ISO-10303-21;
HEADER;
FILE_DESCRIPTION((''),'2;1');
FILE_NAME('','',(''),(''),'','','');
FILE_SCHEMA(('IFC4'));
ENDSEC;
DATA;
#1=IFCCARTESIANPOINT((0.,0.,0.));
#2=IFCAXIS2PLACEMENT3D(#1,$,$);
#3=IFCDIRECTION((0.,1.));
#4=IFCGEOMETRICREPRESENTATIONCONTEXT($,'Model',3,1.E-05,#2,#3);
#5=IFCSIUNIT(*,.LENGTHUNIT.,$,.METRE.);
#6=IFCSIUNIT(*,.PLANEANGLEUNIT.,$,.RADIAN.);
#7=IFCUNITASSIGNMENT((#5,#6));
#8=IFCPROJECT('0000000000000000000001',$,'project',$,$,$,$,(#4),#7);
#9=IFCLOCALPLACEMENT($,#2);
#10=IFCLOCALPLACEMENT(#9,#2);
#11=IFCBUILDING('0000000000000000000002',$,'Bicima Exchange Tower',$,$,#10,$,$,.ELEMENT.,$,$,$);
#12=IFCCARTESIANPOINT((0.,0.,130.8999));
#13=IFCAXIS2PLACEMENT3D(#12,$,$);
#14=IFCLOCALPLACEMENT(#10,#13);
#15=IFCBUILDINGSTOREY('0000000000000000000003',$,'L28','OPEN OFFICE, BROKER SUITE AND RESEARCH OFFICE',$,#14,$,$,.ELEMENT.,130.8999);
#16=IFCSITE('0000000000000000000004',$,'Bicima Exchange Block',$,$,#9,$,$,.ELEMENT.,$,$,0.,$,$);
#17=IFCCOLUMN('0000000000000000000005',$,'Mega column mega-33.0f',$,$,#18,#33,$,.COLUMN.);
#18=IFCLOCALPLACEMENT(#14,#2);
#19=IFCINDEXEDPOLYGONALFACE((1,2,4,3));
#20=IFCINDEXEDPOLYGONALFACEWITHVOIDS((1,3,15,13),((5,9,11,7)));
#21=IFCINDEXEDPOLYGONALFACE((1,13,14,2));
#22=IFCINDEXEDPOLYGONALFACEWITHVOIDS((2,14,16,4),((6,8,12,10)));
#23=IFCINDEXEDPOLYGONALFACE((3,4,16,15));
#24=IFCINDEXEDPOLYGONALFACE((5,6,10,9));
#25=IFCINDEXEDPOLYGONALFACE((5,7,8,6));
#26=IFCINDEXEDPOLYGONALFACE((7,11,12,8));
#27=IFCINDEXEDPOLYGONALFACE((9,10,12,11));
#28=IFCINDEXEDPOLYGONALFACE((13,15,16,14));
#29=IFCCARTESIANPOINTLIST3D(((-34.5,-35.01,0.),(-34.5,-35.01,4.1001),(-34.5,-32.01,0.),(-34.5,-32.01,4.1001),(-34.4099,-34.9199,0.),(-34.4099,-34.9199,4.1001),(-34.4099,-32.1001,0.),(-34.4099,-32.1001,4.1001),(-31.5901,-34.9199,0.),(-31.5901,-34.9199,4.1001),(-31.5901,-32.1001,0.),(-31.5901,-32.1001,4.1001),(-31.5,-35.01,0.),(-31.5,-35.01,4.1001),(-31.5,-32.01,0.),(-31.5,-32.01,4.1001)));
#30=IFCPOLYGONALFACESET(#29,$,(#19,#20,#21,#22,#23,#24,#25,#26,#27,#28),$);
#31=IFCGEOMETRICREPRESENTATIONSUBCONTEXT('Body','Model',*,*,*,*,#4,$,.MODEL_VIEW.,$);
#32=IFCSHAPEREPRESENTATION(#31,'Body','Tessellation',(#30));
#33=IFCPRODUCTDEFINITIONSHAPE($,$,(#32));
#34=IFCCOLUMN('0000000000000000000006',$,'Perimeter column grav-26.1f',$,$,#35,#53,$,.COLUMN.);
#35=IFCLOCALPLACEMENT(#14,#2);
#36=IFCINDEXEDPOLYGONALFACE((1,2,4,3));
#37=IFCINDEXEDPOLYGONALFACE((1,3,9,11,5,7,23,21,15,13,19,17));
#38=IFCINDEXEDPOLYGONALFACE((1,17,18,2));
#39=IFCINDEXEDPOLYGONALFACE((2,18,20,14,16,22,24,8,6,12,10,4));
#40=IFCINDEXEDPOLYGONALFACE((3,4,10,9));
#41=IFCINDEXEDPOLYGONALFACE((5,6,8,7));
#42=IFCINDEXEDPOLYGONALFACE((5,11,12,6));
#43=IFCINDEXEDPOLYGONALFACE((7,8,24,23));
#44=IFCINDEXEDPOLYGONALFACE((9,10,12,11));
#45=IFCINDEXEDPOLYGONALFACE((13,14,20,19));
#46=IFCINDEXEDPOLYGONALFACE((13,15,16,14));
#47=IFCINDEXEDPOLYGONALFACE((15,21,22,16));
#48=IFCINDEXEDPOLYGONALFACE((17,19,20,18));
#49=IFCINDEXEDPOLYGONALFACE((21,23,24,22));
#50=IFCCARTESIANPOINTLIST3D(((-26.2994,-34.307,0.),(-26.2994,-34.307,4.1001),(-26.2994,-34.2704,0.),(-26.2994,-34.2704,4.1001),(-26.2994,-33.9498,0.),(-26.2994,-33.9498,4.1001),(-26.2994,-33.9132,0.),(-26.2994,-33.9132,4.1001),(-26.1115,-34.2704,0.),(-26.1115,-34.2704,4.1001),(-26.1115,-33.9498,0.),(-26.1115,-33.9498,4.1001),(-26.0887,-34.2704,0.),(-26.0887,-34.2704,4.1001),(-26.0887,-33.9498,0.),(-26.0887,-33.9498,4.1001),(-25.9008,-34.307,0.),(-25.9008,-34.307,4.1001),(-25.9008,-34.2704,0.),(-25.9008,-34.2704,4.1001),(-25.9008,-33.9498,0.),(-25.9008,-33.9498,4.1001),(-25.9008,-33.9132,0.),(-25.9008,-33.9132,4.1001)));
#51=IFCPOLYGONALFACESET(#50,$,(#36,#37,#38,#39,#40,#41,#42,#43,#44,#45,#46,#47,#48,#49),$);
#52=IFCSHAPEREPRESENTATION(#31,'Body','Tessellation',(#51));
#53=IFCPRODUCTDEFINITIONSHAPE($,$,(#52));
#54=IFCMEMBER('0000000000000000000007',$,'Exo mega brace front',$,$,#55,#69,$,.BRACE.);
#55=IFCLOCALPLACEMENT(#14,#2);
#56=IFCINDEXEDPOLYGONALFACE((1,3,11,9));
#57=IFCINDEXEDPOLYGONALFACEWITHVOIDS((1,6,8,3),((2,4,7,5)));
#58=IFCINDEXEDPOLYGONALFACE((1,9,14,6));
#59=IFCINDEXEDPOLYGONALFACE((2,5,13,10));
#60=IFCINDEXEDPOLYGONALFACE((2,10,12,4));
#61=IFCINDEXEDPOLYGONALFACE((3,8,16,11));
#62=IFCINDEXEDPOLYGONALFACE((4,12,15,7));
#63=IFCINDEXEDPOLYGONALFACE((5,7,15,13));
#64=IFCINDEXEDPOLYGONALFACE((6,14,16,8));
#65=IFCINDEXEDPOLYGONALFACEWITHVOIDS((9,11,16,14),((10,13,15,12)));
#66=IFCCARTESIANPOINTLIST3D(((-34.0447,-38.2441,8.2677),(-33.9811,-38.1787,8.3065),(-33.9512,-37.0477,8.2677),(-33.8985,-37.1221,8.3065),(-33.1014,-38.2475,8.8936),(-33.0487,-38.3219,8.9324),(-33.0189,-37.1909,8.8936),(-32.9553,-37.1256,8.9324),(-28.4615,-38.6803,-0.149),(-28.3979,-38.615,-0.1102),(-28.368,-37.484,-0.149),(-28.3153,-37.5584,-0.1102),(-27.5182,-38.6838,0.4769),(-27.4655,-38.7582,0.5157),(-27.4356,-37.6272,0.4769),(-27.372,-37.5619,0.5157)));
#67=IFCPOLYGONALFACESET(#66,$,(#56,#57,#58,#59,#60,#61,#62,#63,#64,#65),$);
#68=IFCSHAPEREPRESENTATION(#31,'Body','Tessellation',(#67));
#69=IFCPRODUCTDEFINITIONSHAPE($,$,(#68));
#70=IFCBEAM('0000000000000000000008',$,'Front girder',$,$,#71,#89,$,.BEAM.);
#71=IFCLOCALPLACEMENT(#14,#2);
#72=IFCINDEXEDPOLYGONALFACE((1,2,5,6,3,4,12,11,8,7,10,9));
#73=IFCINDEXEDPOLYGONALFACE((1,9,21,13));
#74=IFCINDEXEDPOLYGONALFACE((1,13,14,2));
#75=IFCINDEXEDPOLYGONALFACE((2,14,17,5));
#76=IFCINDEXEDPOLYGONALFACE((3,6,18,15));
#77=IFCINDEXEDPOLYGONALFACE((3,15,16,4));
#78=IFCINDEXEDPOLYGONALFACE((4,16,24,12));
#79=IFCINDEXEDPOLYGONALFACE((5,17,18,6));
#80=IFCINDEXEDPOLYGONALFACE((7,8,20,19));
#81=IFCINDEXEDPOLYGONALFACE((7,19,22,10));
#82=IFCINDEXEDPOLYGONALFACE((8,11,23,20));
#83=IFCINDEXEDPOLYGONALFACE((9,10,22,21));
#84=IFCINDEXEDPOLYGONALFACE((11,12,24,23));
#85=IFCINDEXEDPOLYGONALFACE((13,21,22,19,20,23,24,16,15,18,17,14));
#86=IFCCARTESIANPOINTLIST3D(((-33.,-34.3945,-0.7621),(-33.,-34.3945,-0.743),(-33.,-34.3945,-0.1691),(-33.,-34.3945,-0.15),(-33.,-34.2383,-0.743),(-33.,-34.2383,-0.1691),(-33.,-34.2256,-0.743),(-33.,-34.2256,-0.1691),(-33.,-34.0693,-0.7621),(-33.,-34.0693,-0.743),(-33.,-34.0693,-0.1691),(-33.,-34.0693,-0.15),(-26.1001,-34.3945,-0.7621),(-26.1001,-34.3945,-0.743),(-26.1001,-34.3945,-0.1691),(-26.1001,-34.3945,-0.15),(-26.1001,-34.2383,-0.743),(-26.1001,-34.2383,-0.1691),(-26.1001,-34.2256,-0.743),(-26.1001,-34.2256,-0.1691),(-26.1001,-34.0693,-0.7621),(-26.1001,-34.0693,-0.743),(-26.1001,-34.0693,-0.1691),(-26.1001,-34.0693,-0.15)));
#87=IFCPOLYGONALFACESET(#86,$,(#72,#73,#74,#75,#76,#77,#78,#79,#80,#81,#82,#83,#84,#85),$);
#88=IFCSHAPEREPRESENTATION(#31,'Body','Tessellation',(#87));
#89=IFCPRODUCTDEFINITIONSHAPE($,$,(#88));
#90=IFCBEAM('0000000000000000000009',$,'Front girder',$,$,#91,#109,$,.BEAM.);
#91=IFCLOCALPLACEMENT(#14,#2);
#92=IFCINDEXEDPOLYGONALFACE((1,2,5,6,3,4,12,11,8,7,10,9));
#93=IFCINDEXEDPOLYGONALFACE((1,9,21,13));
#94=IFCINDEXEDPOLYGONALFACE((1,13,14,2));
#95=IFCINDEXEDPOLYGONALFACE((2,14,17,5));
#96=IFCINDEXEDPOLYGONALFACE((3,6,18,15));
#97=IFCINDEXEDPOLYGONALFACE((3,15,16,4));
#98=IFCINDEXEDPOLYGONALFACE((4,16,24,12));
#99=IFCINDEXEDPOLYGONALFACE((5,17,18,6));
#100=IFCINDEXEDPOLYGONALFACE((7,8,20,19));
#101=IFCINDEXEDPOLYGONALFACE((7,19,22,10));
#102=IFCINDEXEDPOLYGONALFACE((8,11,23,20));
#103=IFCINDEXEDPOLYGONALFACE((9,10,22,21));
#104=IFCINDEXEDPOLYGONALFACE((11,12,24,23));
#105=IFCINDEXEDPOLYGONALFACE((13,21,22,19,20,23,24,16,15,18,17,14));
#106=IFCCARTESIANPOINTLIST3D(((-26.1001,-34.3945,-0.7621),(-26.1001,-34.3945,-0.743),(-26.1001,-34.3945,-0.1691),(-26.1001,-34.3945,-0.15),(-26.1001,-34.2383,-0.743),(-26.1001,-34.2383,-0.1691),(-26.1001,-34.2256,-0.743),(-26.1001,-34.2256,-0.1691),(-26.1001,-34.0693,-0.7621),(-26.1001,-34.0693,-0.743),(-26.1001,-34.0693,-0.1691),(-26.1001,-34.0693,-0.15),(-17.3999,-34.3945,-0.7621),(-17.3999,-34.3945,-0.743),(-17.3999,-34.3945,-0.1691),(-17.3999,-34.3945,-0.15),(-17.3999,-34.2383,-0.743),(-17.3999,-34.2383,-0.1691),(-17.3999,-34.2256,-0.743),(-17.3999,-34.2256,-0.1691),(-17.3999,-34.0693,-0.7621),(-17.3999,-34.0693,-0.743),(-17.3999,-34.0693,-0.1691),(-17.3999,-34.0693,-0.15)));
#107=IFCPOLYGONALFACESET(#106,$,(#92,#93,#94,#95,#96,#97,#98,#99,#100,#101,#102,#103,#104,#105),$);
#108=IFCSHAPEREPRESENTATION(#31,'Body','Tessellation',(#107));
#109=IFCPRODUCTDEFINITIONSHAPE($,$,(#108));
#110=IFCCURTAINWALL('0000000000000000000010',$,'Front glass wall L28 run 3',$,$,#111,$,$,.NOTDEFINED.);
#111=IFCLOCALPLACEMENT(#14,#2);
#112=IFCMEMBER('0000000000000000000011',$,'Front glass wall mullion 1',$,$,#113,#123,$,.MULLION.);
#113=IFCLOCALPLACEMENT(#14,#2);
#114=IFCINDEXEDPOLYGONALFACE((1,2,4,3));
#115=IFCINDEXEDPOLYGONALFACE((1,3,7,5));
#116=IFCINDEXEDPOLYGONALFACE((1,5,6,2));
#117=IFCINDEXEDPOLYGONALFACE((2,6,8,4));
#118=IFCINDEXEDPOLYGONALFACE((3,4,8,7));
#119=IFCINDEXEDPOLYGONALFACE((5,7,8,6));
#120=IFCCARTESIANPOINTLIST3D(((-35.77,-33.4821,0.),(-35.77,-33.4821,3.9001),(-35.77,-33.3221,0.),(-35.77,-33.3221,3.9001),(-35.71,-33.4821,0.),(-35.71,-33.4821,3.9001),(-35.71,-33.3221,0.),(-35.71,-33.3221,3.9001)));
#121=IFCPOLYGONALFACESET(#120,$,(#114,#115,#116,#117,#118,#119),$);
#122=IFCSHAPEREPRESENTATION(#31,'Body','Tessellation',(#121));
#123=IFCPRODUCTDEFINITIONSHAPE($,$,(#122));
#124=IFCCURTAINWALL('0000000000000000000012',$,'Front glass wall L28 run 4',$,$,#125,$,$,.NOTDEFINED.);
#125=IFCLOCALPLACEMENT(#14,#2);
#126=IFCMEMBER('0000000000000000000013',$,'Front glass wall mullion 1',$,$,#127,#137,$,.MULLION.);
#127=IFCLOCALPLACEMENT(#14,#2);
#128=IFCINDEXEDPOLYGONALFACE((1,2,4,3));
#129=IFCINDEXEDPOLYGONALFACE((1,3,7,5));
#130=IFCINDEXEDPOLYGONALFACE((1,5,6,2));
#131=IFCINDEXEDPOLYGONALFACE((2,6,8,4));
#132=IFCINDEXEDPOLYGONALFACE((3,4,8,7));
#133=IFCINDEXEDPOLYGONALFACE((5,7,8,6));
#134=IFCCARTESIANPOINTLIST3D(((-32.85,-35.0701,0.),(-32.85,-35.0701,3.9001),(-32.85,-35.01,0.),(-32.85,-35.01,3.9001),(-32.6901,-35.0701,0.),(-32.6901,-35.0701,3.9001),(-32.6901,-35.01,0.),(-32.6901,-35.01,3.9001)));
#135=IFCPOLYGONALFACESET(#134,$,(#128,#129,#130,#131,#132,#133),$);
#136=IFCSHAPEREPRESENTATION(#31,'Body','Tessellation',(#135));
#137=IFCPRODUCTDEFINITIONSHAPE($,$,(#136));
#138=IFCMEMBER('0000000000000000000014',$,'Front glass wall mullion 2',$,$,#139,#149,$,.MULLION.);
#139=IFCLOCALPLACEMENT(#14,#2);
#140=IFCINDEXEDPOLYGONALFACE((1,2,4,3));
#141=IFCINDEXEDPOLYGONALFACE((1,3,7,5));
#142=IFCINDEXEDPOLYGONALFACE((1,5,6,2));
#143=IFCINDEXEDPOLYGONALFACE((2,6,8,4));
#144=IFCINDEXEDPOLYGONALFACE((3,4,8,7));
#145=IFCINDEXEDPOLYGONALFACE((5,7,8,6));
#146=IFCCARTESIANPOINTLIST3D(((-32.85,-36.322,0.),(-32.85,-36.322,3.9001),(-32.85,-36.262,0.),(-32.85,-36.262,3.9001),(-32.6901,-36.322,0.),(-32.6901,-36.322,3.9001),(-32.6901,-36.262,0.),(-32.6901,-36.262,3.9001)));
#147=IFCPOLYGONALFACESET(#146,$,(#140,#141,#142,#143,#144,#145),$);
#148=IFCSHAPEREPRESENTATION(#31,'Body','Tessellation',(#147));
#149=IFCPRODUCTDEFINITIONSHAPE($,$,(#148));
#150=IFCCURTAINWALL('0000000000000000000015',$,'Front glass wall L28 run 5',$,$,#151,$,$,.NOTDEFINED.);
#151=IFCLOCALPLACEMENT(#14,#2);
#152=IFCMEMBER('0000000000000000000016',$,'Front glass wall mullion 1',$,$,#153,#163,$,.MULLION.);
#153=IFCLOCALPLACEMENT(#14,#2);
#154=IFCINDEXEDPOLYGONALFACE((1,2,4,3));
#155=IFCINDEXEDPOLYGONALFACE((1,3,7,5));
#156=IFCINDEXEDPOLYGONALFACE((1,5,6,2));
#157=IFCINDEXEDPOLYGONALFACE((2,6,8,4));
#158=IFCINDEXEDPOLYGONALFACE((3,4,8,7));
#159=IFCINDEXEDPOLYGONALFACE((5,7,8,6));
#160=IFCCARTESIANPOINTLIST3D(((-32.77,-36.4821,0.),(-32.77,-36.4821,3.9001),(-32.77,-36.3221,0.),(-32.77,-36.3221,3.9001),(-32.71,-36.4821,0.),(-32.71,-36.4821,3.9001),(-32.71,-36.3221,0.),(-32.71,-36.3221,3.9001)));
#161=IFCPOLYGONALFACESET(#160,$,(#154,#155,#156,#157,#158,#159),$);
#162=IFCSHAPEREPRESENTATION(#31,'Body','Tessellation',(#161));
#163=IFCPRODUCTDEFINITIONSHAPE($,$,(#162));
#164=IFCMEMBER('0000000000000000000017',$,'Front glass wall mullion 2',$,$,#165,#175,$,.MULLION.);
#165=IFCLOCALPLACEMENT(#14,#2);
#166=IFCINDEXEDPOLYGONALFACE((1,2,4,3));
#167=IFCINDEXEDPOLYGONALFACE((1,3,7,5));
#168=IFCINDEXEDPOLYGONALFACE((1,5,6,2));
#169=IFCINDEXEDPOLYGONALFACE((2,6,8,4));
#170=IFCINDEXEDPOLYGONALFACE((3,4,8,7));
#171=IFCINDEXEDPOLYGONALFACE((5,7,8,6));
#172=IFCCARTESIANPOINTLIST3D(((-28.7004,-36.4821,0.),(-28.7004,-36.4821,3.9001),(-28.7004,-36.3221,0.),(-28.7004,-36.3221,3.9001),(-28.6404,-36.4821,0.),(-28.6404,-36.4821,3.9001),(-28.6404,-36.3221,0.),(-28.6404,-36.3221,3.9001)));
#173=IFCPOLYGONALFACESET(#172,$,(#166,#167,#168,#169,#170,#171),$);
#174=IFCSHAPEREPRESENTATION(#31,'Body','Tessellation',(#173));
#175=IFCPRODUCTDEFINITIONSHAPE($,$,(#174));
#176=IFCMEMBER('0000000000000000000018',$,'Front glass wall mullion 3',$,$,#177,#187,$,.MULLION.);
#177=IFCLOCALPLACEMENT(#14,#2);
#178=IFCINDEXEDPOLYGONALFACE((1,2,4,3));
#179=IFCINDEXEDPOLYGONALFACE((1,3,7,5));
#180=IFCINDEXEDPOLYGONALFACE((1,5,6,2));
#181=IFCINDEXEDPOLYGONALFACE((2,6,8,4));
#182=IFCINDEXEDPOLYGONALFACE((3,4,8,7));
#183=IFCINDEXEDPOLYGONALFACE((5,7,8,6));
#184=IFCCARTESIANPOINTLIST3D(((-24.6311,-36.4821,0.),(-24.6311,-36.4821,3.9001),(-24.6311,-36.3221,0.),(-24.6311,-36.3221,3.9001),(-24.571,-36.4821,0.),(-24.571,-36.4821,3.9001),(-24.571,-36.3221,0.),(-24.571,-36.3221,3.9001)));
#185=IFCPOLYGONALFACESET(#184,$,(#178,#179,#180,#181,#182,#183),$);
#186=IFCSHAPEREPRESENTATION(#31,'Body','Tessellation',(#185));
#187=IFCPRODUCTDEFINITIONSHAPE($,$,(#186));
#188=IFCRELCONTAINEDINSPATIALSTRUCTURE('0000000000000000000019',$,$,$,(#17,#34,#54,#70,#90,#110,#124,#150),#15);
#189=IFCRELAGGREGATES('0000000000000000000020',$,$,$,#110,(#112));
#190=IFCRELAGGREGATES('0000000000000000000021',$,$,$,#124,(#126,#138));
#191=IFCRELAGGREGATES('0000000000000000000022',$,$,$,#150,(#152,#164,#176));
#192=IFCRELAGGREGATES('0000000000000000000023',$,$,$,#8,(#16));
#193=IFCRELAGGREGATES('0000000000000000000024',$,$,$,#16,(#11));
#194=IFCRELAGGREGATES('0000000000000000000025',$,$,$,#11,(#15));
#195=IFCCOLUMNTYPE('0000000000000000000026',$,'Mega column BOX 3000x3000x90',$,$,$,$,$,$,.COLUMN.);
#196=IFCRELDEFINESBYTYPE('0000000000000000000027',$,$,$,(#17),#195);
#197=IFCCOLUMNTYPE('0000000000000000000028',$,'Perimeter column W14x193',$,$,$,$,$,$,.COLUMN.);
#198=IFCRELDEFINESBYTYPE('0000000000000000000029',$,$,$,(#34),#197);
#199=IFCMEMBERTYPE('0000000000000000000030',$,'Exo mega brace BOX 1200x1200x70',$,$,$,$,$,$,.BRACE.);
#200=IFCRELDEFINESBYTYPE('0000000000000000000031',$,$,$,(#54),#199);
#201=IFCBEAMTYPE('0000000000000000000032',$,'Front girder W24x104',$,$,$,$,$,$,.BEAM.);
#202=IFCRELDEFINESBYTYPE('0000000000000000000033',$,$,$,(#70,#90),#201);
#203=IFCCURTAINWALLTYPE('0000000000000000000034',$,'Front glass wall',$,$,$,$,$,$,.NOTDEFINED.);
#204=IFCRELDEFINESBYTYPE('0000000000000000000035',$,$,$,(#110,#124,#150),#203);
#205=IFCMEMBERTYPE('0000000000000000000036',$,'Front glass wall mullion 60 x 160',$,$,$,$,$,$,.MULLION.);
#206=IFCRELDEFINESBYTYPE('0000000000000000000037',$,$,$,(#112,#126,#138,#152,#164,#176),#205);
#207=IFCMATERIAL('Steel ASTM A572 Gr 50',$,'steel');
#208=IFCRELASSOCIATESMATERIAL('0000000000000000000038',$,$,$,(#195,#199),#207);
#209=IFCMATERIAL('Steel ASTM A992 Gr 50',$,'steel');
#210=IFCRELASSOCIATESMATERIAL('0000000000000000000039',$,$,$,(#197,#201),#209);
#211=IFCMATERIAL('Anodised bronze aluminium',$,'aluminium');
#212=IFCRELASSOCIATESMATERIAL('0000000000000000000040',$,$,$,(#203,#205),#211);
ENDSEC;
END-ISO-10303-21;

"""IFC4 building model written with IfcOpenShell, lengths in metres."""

from ifc_helpers import new_model, si_unit, direction, frame, origin, origin_2d, place, context, subcontext, project, spatial, rectangle, hollow_rectangle, i_section, extrude, material, material_profile, profile_set, type_object, element, aggregate, save


model = new_model("IFC4")

# Units and contexts
model_context = context("Model", 3, precision=1e-05, world=origin(), true_north=direction((0.0, 1.0)))
body_context = subcontext(model_context, "Body", "Model", "MODEL_VIEW")
ifc_project = project(units=[si_unit("LENGTHUNIT", "METRE"), si_unit("PLANEANGLEUNIT", "RADIAN")], contexts=[model_context])

# Site, building, storey
site_placement = place(None, origin())
site = spatial("IfcSite", under=ifc_project, at=site_placement, Name="Bicima Exchange Block", CompositionType="ELEMENT", RefElevation=0.0)
building_placement = place(site_placement, origin())
building = spatial("IfcBuilding", under=site, at=building_placement, Name="Bicima Exchange Tower", CompositionType="ELEMENT")
storey_placement = place(building_placement, frame((0.0, 0.0, 130.8999)))
storey = spatial("IfcBuildingStorey", under=building, at=storey_placement, Name="L28", Description="OPEN OFFICE, BROKER SUITE AND RESEARCH OFFICE", CompositionType="ELEMENT", Elevation=130.8999)

# Columns
ifc_material_1 = material(Name="Steel ASTM A572 Gr 50", Category="steel")
ifc_material_profile_1 = material_profile(ifc_material_1, hollow_rectangle(XDim=3.0, YDim=3.0, WallThickness=0.0901, at=origin_2d()))
ifc_profile_set_1 = profile_set([ifc_material_profile_1], Name="Steel ASTM A572 Gr 50")
column_type_1 = type_object("IfcColumnType", Name="Mega column BOX 3000x3000x90", PredefinedType="COLUMN", material=ifc_profile_set_1)
column_1_placement = place(storey_placement, frame((-33.0, -33.51, 0.0), z_axis=(0.0, 0.0, 1.0), x_axis=(1.0, 0.0, 0.0)))
element("IfcColumn", 1, at=column_1_placement, inside=storey, type_object=column_type_1, Name="Mega column mega-33.0f", PredefinedType="COLUMN", context=body_context, shape_type="SweptSolid", body=[
    extrude(hollow_rectangle(XDim=3.0, YDim=3.0, WallThickness=0.0901, at=origin_2d()), origin(), (0.0, 0.0, 1.0), 4.1001),
])
ifc_material_2 = material(Name="Steel ASTM A992 Gr 50", Category="steel")
ifc_material_profile_2 = material_profile(ifc_material_2, i_section(OverallWidth=0.3987, OverallDepth=0.3938, WebThickness=0.0227, FlangeThickness=0.0366, at=origin_2d()))
ifc_profile_set_2 = profile_set([ifc_material_profile_2], Name="Steel ASTM A992 Gr 50")
column_type_2 = type_object("IfcColumnType", Name="Perimeter column W14x193", PredefinedType="COLUMN", material=ifc_profile_set_2)
column_2_placement = place(storey_placement, frame((-26.1001, -34.1101, 0.0), z_axis=(0.0, 0.0, 1.0), x_axis=(1.0, 0.0, 0.0)))
element("IfcColumn", 2, at=column_2_placement, inside=storey, type_object=column_type_2, Name="Perimeter column grav-26.1f", PredefinedType="COLUMN", context=body_context, shape_type="SweptSolid", body=[
    extrude(i_section(OverallWidth=0.3987, OverallDepth=0.3938, WebThickness=0.0227, FlangeThickness=0.0366, at=origin_2d()), origin(), (0.0, 0.0, 1.0), 4.1001),
])

# Member
ifc_material_profile_3 = material_profile(ifc_material_1, hollow_rectangle(XDim=1.2, YDim=1.2, WallThickness=0.0701, at=origin_2d()))
ifc_profile_set_3 = profile_set([ifc_material_profile_3], Name="Steel ASTM A572 Gr 50")
member_type_1 = type_object("IfcMemberType", Name="Exo mega brace BOX 1200x1200x70", PredefinedType="BRACE", material=ifc_profile_set_3)
member_1_placement = place(storey_placement, frame((-27.9167, -38.1211, 0.1833), z_axis=(-0.55227, 0.043155, 0.832547), x_axis=(-0.077903, -0.996961, 0.0)))
element("IfcMember", 3, at=member_1_placement, inside=storey, type_object=member_type_1, Name="Exo mega brace front", PredefinedType="BRACE", context=body_context, shape_type="SweptSolid", body=[
    extrude(hollow_rectangle(XDim=1.2, YDim=1.2, WallThickness=0.0701, at=origin_2d()), origin(), (0.0, 0.0, 1.0), 10.1096),
])

# Beams
ifc_material_profile_4 = material_profile(ifc_material_2, i_section(OverallWidth=0.3252, OverallDepth=0.6121, WebThickness=0.0127, FlangeThickness=0.019, at=origin_2d()))
ifc_profile_set_4 = profile_set([ifc_material_profile_4], Name="Steel ASTM A992 Gr 50")
beam_type = type_object("IfcBeamType", Name="Front girder W24x104", PredefinedType="BEAM", material=ifc_profile_set_4)
beam_1_placement = place(storey_placement, frame((-33.0, -34.2319, -0.4561), z_axis=(1.0, 0.0, 0.0), x_axis=(0.0, 1.0, 0.0)))
element("IfcBeam", 4, at=beam_1_placement, inside=storey, type_object=beam_type, Name="Front girder", PredefinedType="BEAM", context=body_context, shape_type="SweptSolid", body=[
    extrude(i_section(OverallWidth=0.3252, OverallDepth=0.6121, WebThickness=0.0127, FlangeThickness=0.019, at=origin_2d()), origin(), (0.0, 0.0, 1.0), 6.8999),
])
beam_2_placement = place(storey_placement, frame((-26.1001, -34.2319, -0.4561), z_axis=(1.0, 0.0, 0.0), x_axis=(0.0, 1.0, 0.0)))
element("IfcBeam", 5, at=beam_2_placement, inside=storey, type_object=beam_type, Name="Front girder", PredefinedType="BEAM", context=body_context, shape_type="SweptSolid", body=[
    extrude(i_section(OverallWidth=0.3252, OverallDepth=0.6121, WebThickness=0.0127, FlangeThickness=0.019, at=origin_2d()), origin(), (0.0, 0.0, 1.0), 8.7002),
])

# Curtain wall, member
ifc_material_3 = material(Name="Anodised bronze aluminium", Category="aluminium")
curtain_wall_type = type_object("IfcCurtainWallType", Name="Front glass wall", PredefinedType="NOTDEFINED", material=ifc_material_3)
curtain_wall_1_placement = place(storey_placement, origin())
curtain_wall_1 = element("IfcCurtainWall", 6, at=curtain_wall_1_placement, inside=storey, type_object=curtain_wall_type, Name="Front glass wall L28 run 3", PredefinedType="NOTDEFINED")
ifc_material_profile_5 = material_profile(ifc_material_3, rectangle(XDim=0.1599, YDim=0.0601, at=origin_2d()))
ifc_profile_set_5 = profile_set([ifc_material_profile_5], Name="Anodised bronze aluminium")
member_type_2 = type_object("IfcMemberType", Name="Front glass wall mullion 60 x 160", PredefinedType="MULLION", material=ifc_profile_set_5)
member_2_placement = place(storey_placement, frame((-35.74, -33.4021, 0.0), z_axis=(0.0, 0.0, 1.0), x_axis=(0.0, 1.0, 0.0)))
member_2 = element("IfcMember", 7, at=member_2_placement, type_object=member_type_2, Name="Front glass wall mullion 1", PredefinedType="MULLION", context=body_context, shape_type="SweptSolid", body=[
    extrude(rectangle(XDim=0.1599, YDim=0.0601, at=origin_2d()), origin(), (0.0, 0.0, 1.0), 3.9001),
])

# Curtain walls, members
curtain_wall_2_placement = place(storey_placement, origin())
curtain_wall_2 = element("IfcCurtainWall", 8, at=curtain_wall_2_placement, inside=storey, type_object=curtain_wall_type, Name="Front glass wall L28 run 4", PredefinedType="NOTDEFINED")
member_3_placement = place(storey_placement, frame((-32.77, -35.04, 0.0), z_axis=(0.0, 0.0, 1.0), x_axis=(1.0, 0.0, 0.0)))
member_3 = element("IfcMember", 9, at=member_3_placement, type_object=member_type_2, Name="Front glass wall mullion 1", PredefinedType="MULLION", context=body_context, shape_type="SweptSolid", body=[
    extrude(rectangle(XDim=0.1599, YDim=0.0601, at=origin_2d()), origin(), (0.0, 0.0, 1.0), 3.9001),
])
member_4_placement = place(storey_placement, frame((-32.77, -36.292, 0.0), z_axis=(0.0, 0.0, 1.0), x_axis=(1.0, 0.0, 0.0)))
member_4 = element("IfcMember", 10, at=member_4_placement, type_object=member_type_2, Name="Front glass wall mullion 2", PredefinedType="MULLION", context=body_context, shape_type="SweptSolid", body=[
    extrude(rectangle(XDim=0.1599, YDim=0.0601, at=origin_2d()), origin(), (0.0, 0.0, 1.0), 3.9001),
])
curtain_wall_3_placement = place(storey_placement, origin())
curtain_wall_3 = element("IfcCurtainWall", 11, at=curtain_wall_3_placement, inside=storey, type_object=curtain_wall_type, Name="Front glass wall L28 run 5", PredefinedType="NOTDEFINED")
member_5_placement = place(storey_placement, frame((-32.74, -36.4021, 0.0), z_axis=(0.0, 0.0, 1.0), x_axis=(0.0, 1.0, 0.0)))
member_5 = element("IfcMember", 12, at=member_5_placement, type_object=member_type_2, Name="Front glass wall mullion 1", PredefinedType="MULLION", context=body_context, shape_type="SweptSolid", body=[
    extrude(rectangle(XDim=0.1599, YDim=0.0601, at=origin_2d()), origin(), (0.0, 0.0, 1.0), 3.9001),
])
member_6_placement = place(storey_placement, frame((-28.6704, -36.4021, 0.0), z_axis=(0.0, 0.0, 1.0), x_axis=(0.0, 1.0, 0.0)))
member_6 = element("IfcMember", 13, at=member_6_placement, type_object=member_type_2, Name="Front glass wall mullion 2", PredefinedType="MULLION", context=body_context, shape_type="SweptSolid", body=[
    extrude(rectangle(XDim=0.1599, YDim=0.0601, at=origin_2d()), origin(), (0.0, 0.0, 1.0), 3.9001),
])
member_7_placement = place(storey_placement, frame((-24.6011, -36.4021, 0.0), z_axis=(0.0, 0.0, 1.0), x_axis=(0.0, 1.0, 0.0)))
member_7 = element("IfcMember", 14, at=member_7_placement, type_object=member_type_2, Name="Front glass wall mullion 3", PredefinedType="MULLION", context=body_context, shape_type="SweptSolid", body=[
    extrude(rectangle(XDim=0.1599, YDim=0.0601, at=origin_2d()), origin(), (0.0, 0.0, 1.0), 3.9001),
])

aggregate(curtain_wall_1, [member_2])
aggregate(curtain_wall_2, [member_3, member_4])
aggregate(curtain_wall_3, [member_5, member_6, member_7])

save(model, "model.ifc")
